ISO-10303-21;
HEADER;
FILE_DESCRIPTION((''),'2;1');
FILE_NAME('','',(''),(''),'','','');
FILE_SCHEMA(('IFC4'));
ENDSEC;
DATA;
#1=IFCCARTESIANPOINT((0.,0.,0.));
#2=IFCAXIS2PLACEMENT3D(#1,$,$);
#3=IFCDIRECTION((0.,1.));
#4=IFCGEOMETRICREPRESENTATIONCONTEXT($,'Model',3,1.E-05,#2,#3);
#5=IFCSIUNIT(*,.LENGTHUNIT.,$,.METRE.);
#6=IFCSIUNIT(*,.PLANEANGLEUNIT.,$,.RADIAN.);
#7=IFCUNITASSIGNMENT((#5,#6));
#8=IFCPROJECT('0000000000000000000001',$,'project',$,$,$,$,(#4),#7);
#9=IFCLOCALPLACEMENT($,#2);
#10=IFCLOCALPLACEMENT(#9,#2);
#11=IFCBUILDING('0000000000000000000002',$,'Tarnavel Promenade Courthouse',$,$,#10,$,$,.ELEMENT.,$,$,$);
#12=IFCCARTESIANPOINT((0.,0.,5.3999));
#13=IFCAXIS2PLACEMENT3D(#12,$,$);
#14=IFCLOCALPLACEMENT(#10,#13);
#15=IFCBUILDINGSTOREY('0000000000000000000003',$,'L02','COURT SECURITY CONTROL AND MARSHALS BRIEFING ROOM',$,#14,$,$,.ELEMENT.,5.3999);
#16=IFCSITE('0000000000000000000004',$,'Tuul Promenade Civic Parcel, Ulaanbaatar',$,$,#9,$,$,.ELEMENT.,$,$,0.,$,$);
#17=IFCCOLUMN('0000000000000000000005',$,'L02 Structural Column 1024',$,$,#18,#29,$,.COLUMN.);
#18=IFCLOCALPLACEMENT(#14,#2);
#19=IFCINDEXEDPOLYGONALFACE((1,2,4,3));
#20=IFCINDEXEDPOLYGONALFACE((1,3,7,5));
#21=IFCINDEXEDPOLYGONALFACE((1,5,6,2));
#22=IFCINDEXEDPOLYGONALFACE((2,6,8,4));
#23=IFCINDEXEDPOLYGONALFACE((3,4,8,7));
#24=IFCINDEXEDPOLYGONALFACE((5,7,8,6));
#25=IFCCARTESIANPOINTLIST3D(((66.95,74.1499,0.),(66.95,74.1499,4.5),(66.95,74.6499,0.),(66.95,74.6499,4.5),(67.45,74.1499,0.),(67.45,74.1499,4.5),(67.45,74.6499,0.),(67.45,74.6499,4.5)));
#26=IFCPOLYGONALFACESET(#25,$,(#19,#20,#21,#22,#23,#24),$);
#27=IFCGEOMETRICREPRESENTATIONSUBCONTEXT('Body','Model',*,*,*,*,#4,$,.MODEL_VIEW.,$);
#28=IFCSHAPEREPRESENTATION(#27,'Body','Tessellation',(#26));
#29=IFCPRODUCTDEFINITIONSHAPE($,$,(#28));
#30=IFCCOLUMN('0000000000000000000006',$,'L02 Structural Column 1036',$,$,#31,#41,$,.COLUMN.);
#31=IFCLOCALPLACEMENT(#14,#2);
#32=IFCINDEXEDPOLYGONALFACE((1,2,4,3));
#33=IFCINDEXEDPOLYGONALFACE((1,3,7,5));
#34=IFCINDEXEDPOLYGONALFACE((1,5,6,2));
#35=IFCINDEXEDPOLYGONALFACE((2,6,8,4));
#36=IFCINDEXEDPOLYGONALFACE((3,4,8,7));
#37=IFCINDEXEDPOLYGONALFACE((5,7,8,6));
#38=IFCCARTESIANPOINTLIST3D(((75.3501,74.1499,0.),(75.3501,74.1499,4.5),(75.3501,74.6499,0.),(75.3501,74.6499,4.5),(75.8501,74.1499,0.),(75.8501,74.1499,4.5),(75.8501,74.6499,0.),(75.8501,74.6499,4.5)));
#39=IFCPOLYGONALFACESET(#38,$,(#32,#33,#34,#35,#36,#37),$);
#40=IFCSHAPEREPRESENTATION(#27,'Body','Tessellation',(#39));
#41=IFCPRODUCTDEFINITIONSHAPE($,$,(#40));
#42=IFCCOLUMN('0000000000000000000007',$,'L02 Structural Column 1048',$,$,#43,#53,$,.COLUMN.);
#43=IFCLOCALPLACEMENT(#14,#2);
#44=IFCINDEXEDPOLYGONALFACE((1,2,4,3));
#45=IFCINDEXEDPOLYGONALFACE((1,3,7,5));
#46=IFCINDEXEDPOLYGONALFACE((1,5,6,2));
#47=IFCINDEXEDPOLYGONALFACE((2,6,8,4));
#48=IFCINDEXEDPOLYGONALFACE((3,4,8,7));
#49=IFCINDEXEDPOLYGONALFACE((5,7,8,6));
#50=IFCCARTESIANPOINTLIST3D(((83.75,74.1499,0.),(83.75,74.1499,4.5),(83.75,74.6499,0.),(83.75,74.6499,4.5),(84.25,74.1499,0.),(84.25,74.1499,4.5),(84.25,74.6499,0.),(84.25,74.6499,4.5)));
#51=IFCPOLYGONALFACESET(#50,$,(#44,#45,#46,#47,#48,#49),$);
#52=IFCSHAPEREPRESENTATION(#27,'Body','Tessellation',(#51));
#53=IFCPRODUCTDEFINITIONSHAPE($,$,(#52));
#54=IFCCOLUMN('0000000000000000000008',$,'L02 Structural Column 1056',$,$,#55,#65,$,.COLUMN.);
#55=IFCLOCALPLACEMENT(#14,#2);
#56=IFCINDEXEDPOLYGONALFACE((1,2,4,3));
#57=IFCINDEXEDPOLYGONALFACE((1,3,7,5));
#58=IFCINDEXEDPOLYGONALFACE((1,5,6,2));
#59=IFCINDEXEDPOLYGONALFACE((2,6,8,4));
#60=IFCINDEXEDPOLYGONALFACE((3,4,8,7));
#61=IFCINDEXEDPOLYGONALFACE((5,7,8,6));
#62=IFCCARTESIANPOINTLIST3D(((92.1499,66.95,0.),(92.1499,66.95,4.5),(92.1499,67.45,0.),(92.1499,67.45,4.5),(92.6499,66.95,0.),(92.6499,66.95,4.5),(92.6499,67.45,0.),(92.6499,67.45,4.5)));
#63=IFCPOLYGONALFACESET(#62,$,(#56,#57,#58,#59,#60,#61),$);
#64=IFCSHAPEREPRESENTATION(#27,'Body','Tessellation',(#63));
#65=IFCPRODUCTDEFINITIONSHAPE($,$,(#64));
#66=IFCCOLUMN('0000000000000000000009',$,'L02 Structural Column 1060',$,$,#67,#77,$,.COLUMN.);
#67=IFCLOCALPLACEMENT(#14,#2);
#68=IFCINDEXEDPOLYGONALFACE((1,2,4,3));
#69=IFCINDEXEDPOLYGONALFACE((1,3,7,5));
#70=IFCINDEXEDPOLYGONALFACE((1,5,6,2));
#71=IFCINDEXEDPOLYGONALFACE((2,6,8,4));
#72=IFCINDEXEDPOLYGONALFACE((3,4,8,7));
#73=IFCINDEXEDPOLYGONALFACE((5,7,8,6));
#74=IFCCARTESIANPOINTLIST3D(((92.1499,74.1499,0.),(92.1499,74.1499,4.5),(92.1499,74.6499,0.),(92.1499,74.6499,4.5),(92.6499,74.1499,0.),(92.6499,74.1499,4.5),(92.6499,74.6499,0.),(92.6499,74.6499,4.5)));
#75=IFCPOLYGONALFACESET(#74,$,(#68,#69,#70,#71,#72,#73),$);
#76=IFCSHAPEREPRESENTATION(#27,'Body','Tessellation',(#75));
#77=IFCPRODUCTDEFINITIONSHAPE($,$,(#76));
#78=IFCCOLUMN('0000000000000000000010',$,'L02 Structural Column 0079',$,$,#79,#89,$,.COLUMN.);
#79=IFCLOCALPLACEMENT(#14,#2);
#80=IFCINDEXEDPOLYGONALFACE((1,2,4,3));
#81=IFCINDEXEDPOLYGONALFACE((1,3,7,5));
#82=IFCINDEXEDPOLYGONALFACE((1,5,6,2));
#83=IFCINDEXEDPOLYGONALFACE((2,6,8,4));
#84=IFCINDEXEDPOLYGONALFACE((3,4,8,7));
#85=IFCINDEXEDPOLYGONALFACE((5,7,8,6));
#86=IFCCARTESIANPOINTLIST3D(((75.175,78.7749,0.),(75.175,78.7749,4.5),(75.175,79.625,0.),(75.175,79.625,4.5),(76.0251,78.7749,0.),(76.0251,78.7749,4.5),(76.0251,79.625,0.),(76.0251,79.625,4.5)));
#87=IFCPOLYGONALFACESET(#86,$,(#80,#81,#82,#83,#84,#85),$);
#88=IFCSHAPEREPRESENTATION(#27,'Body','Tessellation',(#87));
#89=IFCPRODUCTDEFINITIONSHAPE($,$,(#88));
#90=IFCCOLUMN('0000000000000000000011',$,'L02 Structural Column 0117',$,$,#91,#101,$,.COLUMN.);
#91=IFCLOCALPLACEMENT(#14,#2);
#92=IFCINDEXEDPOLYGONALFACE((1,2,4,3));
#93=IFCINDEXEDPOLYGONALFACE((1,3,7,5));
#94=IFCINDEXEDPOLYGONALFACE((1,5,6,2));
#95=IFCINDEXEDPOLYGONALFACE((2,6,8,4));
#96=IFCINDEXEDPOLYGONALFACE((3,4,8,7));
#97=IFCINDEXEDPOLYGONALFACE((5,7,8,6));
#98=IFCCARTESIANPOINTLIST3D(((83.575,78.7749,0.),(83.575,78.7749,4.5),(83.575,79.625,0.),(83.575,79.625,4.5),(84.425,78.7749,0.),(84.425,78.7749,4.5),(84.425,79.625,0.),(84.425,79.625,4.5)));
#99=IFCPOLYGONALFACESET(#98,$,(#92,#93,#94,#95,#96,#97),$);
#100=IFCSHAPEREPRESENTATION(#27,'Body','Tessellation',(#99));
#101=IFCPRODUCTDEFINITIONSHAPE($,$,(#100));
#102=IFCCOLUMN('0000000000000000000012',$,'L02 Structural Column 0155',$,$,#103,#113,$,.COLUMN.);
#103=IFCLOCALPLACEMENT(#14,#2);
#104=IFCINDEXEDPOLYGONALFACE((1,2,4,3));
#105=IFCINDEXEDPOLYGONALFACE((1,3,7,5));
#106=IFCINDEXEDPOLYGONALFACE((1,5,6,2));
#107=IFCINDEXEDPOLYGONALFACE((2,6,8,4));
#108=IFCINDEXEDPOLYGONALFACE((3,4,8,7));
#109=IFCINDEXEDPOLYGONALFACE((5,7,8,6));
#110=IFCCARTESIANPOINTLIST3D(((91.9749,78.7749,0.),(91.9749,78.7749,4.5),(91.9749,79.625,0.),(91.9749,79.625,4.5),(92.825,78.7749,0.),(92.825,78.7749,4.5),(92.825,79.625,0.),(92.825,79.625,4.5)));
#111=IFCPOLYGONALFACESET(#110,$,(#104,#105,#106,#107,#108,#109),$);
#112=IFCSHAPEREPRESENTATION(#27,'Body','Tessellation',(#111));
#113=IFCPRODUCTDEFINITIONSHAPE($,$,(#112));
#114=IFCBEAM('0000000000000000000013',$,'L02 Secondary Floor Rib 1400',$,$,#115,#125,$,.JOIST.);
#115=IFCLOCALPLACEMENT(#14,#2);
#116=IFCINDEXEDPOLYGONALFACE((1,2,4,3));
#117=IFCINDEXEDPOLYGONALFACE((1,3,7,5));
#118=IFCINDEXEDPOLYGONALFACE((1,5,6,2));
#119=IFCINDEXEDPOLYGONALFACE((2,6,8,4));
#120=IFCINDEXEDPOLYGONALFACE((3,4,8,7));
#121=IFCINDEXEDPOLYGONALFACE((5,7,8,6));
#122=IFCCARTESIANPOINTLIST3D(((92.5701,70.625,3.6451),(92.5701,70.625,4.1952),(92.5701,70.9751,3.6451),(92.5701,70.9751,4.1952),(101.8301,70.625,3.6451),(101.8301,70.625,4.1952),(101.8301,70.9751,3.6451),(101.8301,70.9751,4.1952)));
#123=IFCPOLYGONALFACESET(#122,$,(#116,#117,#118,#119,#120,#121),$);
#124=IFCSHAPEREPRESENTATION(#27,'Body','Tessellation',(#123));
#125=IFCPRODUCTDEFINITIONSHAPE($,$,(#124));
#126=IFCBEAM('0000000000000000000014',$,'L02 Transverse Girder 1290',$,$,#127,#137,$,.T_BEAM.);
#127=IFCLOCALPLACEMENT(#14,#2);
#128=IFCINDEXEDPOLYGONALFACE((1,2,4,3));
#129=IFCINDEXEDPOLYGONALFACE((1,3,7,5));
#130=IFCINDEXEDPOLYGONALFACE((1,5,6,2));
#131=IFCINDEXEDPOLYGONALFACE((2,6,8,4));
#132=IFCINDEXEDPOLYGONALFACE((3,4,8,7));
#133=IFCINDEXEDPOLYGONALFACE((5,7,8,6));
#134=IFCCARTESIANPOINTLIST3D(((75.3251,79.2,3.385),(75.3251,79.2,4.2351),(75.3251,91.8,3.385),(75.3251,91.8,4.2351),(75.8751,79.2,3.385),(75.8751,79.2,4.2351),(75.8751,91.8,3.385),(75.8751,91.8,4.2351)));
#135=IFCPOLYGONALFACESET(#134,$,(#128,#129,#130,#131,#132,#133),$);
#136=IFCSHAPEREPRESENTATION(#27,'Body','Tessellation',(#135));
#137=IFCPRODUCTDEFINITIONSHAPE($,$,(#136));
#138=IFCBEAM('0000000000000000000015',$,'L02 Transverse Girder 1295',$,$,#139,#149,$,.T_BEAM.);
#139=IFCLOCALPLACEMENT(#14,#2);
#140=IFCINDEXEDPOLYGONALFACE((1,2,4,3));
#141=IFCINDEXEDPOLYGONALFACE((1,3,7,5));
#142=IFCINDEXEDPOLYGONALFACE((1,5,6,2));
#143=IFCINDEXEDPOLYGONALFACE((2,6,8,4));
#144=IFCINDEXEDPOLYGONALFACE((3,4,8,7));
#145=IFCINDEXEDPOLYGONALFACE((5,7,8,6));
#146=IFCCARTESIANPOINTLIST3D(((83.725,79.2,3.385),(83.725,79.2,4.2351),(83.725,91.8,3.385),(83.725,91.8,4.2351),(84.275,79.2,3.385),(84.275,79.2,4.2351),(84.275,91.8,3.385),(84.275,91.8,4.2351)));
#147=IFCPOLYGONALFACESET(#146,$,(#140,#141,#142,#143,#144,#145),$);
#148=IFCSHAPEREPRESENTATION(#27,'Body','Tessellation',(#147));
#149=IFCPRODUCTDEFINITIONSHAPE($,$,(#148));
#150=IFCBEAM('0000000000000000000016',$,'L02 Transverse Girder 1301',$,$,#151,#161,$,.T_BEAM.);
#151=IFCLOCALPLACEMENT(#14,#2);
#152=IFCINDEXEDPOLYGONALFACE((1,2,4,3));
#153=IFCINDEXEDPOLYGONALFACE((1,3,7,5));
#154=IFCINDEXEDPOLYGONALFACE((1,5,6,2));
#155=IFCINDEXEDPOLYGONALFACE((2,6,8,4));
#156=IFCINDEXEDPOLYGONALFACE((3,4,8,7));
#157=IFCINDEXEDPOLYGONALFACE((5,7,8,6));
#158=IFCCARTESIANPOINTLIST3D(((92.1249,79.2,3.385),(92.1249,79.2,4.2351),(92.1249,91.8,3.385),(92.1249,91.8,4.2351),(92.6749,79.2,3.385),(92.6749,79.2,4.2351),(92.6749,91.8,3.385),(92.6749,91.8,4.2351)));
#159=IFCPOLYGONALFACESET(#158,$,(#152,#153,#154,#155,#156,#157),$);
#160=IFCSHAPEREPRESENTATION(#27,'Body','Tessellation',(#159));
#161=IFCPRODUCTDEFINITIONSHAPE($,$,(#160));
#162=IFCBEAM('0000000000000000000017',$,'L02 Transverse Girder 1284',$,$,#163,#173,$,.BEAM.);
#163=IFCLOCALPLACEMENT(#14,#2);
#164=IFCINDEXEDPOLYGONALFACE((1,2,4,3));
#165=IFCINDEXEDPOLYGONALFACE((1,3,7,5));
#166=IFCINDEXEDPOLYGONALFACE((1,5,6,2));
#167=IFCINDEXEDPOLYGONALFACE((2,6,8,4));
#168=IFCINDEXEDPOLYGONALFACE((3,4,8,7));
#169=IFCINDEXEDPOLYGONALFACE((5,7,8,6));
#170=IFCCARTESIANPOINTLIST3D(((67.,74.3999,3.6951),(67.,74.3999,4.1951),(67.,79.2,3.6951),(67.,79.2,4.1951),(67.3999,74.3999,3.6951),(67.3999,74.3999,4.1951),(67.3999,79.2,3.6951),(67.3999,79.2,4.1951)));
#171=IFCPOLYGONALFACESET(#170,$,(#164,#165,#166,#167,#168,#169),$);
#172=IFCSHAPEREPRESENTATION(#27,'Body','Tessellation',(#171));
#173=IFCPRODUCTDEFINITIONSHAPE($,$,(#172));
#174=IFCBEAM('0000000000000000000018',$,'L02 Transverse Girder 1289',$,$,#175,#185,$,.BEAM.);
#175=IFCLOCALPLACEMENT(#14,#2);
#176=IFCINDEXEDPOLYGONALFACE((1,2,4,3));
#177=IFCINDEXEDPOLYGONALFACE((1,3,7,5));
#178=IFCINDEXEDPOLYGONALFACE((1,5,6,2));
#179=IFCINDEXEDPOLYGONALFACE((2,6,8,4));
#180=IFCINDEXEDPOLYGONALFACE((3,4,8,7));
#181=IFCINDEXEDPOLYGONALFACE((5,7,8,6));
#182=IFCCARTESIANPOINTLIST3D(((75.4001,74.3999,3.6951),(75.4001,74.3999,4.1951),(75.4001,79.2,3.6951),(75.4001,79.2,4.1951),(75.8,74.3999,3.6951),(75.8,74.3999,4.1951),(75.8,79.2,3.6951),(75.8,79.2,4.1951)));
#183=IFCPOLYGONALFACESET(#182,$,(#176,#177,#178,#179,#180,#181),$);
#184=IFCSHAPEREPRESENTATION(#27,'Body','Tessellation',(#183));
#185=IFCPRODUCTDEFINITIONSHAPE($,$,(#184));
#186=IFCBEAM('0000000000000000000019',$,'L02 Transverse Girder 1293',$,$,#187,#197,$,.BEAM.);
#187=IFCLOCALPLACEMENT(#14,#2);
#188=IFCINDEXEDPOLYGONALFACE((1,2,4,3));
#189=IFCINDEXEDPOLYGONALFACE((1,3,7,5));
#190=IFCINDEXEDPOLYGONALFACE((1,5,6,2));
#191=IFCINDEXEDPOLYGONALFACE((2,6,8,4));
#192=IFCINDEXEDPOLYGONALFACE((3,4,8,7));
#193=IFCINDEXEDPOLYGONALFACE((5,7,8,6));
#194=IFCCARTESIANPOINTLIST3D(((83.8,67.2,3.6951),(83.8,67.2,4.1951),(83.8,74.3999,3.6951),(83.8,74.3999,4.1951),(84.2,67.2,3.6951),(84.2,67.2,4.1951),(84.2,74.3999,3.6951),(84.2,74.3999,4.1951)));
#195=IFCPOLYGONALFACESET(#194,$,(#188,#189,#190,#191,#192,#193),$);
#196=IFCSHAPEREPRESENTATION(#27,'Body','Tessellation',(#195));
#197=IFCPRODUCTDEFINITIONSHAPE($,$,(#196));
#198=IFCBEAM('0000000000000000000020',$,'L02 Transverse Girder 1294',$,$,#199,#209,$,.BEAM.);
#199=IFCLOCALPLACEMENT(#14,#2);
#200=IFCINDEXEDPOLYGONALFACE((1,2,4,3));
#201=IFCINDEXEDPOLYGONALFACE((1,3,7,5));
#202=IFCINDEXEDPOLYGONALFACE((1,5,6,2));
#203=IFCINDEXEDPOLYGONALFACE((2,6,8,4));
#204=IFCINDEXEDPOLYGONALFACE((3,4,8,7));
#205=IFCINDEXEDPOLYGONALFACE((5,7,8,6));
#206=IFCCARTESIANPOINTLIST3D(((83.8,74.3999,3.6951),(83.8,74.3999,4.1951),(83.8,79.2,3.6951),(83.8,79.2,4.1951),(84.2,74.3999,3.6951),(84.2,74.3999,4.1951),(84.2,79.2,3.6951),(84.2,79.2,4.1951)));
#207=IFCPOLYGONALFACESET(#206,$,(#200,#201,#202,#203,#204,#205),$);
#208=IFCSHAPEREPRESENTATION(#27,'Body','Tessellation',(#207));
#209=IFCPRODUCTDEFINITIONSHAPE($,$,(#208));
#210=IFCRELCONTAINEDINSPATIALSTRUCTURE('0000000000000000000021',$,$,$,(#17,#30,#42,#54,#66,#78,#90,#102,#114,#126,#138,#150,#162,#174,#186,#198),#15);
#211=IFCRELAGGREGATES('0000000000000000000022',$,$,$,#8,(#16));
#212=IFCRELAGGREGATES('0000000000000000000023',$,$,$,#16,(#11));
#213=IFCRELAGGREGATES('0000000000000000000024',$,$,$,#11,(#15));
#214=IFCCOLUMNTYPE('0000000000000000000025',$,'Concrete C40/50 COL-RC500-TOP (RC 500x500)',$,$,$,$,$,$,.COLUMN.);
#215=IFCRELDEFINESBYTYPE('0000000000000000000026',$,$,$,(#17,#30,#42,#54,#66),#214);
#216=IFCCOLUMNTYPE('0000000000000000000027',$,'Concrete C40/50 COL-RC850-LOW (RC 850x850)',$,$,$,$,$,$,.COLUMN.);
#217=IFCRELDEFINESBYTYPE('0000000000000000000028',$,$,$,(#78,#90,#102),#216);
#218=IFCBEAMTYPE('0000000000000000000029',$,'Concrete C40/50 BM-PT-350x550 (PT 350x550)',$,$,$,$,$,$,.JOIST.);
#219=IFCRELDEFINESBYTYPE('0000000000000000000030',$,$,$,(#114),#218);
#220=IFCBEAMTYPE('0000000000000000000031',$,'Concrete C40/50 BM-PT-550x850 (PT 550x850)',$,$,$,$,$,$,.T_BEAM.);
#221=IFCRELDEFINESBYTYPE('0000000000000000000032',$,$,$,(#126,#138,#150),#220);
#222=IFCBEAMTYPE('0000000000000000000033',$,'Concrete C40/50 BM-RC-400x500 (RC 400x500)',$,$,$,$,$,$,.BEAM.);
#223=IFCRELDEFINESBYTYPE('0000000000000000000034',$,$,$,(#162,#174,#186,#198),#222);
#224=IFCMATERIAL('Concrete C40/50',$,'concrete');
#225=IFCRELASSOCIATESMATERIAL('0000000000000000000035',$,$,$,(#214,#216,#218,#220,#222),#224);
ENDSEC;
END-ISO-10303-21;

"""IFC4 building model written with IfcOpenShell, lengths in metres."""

from ifc_helpers import new_model, si_unit, direction, frame, origin, origin_2d, place, context, subcontext, project, spatial, rectangle, extrude, material, material_profile, profile_set, type_object, element, save


model = new_model("IFC4")

# Units and contexts
model_context = context("Model", 3, precision=1e-05, world=origin(), true_north=direction((0.0, 1.0)))
body_context = subcontext(model_context, "Body", "Model", "MODEL_VIEW")
ifc_project = project(units=[si_unit("LENGTHUNIT", "METRE"), si_unit("PLANEANGLEUNIT", "RADIAN")], contexts=[model_context])

# Site, building, storey
site_placement = place(None, origin())
site = spatial("IfcSite", under=ifc_project, at=site_placement, Name="Tuul Promenade Civic Parcel, Ulaanbaatar", CompositionType="ELEMENT", RefElevation=0.0)
building_placement = place(site_placement, origin())
building = spatial("IfcBuilding", under=site, at=building_placement, Name="Tarnavel Promenade Courthouse", CompositionType="ELEMENT")
storey_placement = place(building_placement, frame((0.0, 0.0, 5.3999)))
storey = spatial("IfcBuildingStorey", under=building, at=storey_placement, Name="L02", Description="COURT SECURITY CONTROL AND MARSHALS BRIEFING ROOM", CompositionType="ELEMENT", Elevation=5.3999)

# Columns
ifc_material_1 = material(Name="Concrete C40/50", Category="concrete")
ifc_material_profile_1 = material_profile(ifc_material_1, rectangle(XDim=0.5, YDim=0.5, at=origin_2d()), Name="RC 500x500")
ifc_profile_set_1 = profile_set([ifc_material_profile_1], Name="Concrete C40/50")
column_type_1 = type_object("IfcColumnType", Name="Concrete C40/50 COL-RC500-TOP (RC 500x500)", PredefinedType="COLUMN", material=ifc_profile_set_1)
for number, where, z_axis, x_axis, name in (
    (1, (67.2, 74.3999, 0.0), (0.0, 0.0, 1.0), (1.0, 0.0, 0.0), "L02 Structural Column 1024"),
    (2, (75.6001, 74.3999, 0.0), (0.0, 0.0, 1.0), (1.0, 0.0, 0.0), "L02 Structural Column 1036"),
    (3, (84.0, 74.3999, 0.0), (0.0, 0.0, 1.0), (1.0, 0.0, 0.0), "L02 Structural Column 1048"),
    (4, (92.3999, 67.2, 0.0), (0.0, 0.0, 1.0), (1.0, 0.0, 0.0), "L02 Structural Column 1056"),
    (5, (92.3999, 74.3999, 0.0), (0.0, 0.0, 1.0), (1.0, 0.0, 0.0), "L02 Structural Column 1060"),
):
    element("IfcColumn", number, at=place(storey_placement, frame(where, z_axis=z_axis, x_axis=x_axis)), inside=storey, type_object=column_type_1, Name=name, PredefinedType="COLUMN", context=body_context, shape_type="SweptSolid", body=[
        extrude(rectangle(XDim=0.5, YDim=0.5, at=origin_2d()), origin(), (0.0, 0.0, 1.0), 4.5),
    ])
ifc_material_profile_2 = material_profile(ifc_material_1, rectangle(XDim=0.8501, YDim=0.8501, at=origin_2d()), Name="RC 850x850")
ifc_profile_set_2 = profile_set([ifc_material_profile_2], Name="Concrete C40/50")
column_type_2 = type_object("IfcColumnType", Name="Concrete C40/50 COL-RC850-LOW (RC 850x850)", PredefinedType="COLUMN", material=ifc_profile_set_2)
for number, where, z_axis, x_axis, name in (
    (6, (75.6001, 79.2, 0.0), (0.0, 0.0, 1.0), (1.0, 0.0, 0.0), "L02 Structural Column 0079"),
    (7, (84.0, 79.2, 0.0), (0.0, 0.0, 1.0), (1.0, 0.0, 0.0), "L02 Structural Column 0117"),
    (8, (92.3999, 79.2, 0.0), (0.0, 0.0, 1.0), (1.0, 0.0, 0.0), "L02 Structural Column 0155"),
):
    element("IfcColumn", number, at=place(storey_placement, frame(where, z_axis=z_axis, x_axis=x_axis)), inside=storey, type_object=column_type_2, Name=name, PredefinedType="COLUMN", context=body_context, shape_type="SweptSolid", body=[
        extrude(rectangle(XDim=0.8501, YDim=0.8501, at=origin_2d()), origin(), (0.0, 0.0, 1.0), 4.5),
    ])

# Beams
ifc_material_profile_3 = material_profile(ifc_material_1, rectangle(XDim=0.3501, YDim=0.55, at=origin_2d()), Name="PT 350x550")
ifc_profile_set_3 = profile_set([ifc_material_profile_3], Name="Concrete C40/50")
beam_type_1 = type_object("IfcBeamType", Name="Concrete C40/50 BM-PT-350x550 (PT 350x550)", PredefinedType="JOIST", material=ifc_profile_set_3)
beam_1_placement = place(storey_placement, frame((92.5701, 70.8, 3.9202), z_axis=(1.0, 0.0, 0.0), x_axis=(0.0, 1.0, 0.0)))
element("IfcBeam", 9, at=beam_1_placement, inside=storey, type_object=beam_type_1, Name="L02 Secondary Floor Rib 1400", PredefinedType="JOIST", context=body_context, shape_type="SweptSolid", body=[
    extrude(rectangle(XDim=0.3501, YDim=0.55, at=origin_2d()), origin(), (0.0, 0.0, 1.0), 9.26),
])
ifc_material_profile_4 = material_profile(ifc_material_1, rectangle(XDim=0.55, YDim=0.8501, at=origin_2d()), Name="PT 550x850")
ifc_profile_set_4 = profile_set([ifc_material_profile_4], Name="Concrete C40/50")
beam_type_2 = type_object("IfcBeamType", Name="Concrete C40/50 BM-PT-550x850 (PT 550x850)", PredefinedType="T_BEAM", material=ifc_profile_set_4)
for number, where, z_axis, x_axis, name in (
    (10, (75.6001, 79.2, 3.8101), (0.0, 1.0, 0.0), (-1.0, 0.0, 0.0), "L02 Transverse Girder 1290"),
    (11, (84.0, 79.2, 3.8101), (0.0, 1.0, 0.0), (-1.0, 0.0, 0.0), "L02 Transverse Girder 1295"),
    (12, (92.3999, 79.2, 3.8101), (0.0, 1.0, 0.0), (-1.0, 0.0, 0.0), "L02 Transverse Girder 1301"),
):
    element("IfcBeam", number, at=place(storey_placement, frame(where, z_axis=z_axis, x_axis=x_axis)), inside=storey, type_object=beam_type_2, Name=name, PredefinedType="T_BEAM", context=body_context, shape_type="SweptSolid", body=[
        extrude(rectangle(XDim=0.55, YDim=0.8501, at=origin_2d()), origin(), (0.0, 0.0, 1.0), 12.6001),
    ])
ifc_material_profile_5 = material_profile(ifc_material_1, rectangle(XDim=0.3999, YDim=0.5, at=origin_2d()), Name="RC 400x500")
ifc_profile_set_5 = profile_set([ifc_material_profile_5], Name="Concrete C40/50")
beam_type_3 = type_object("IfcBeamType", Name="Concrete C40/50 BM-RC-400x500 (RC 400x500)", PredefinedType="BEAM", material=ifc_profile_set_5)
for number, where, z_axis, x_axis, name in (
    (13, (67.2, 74.3999, 3.9451), (0.0, 1.0, 0.0), (-1.0, 0.0, 0.0), "L02 Transverse Girder 1284"),
    (14, (75.6001, 74.3999, 3.9451), (0.0, 1.0, 0.0), (-1.0, 0.0, 0.0), "L02 Transverse Girder 1289"),
):
    element("IfcBeam", number, at=place(storey_placement, frame(where, z_axis=z_axis, x_axis=x_axis)), inside=storey, type_object=beam_type_3, Name=name, PredefinedType="BEAM", context=body_context, shape_type="SweptSolid", body=[
        extrude(rectangle(XDim=0.3999, YDim=0.5, at=origin_2d()), origin(), (0.0, 0.0, 1.0), 4.8),
    ])
beam_2_placement = place(storey_placement, frame((84.0, 67.2, 3.9451), z_axis=(0.0, 1.0, 0.0), x_axis=(-1.0, 0.0, 0.0)))
element("IfcBeam", 15, at=beam_2_placement, inside=storey, type_object=beam_type_3, Name="L02 Transverse Girder 1293", PredefinedType="BEAM", context=body_context, shape_type="SweptSolid", body=[
    extrude(rectangle(XDim=0.3999, YDim=0.5, at=origin_2d()), origin(), (0.0, 0.0, 1.0), 7.2),
])
beam_3_placement = place(storey_placement, frame((84.0, 74.3999, 3.9451), z_axis=(0.0, 1.0, 0.0), x_axis=(-1.0, 0.0, 0.0)))
element("IfcBeam", 16, at=beam_3_placement, inside=storey, type_object=beam_type_3, Name="L02 Transverse Girder 1294", PredefinedType="BEAM", context=body_context, shape_type="SweptSolid", body=[
    extrude(rectangle(XDim=0.3999, YDim=0.5, at=origin_2d()), origin(), (0.0, 0.0, 1.0), 4.8),
])

save(model, "model.ifc")
